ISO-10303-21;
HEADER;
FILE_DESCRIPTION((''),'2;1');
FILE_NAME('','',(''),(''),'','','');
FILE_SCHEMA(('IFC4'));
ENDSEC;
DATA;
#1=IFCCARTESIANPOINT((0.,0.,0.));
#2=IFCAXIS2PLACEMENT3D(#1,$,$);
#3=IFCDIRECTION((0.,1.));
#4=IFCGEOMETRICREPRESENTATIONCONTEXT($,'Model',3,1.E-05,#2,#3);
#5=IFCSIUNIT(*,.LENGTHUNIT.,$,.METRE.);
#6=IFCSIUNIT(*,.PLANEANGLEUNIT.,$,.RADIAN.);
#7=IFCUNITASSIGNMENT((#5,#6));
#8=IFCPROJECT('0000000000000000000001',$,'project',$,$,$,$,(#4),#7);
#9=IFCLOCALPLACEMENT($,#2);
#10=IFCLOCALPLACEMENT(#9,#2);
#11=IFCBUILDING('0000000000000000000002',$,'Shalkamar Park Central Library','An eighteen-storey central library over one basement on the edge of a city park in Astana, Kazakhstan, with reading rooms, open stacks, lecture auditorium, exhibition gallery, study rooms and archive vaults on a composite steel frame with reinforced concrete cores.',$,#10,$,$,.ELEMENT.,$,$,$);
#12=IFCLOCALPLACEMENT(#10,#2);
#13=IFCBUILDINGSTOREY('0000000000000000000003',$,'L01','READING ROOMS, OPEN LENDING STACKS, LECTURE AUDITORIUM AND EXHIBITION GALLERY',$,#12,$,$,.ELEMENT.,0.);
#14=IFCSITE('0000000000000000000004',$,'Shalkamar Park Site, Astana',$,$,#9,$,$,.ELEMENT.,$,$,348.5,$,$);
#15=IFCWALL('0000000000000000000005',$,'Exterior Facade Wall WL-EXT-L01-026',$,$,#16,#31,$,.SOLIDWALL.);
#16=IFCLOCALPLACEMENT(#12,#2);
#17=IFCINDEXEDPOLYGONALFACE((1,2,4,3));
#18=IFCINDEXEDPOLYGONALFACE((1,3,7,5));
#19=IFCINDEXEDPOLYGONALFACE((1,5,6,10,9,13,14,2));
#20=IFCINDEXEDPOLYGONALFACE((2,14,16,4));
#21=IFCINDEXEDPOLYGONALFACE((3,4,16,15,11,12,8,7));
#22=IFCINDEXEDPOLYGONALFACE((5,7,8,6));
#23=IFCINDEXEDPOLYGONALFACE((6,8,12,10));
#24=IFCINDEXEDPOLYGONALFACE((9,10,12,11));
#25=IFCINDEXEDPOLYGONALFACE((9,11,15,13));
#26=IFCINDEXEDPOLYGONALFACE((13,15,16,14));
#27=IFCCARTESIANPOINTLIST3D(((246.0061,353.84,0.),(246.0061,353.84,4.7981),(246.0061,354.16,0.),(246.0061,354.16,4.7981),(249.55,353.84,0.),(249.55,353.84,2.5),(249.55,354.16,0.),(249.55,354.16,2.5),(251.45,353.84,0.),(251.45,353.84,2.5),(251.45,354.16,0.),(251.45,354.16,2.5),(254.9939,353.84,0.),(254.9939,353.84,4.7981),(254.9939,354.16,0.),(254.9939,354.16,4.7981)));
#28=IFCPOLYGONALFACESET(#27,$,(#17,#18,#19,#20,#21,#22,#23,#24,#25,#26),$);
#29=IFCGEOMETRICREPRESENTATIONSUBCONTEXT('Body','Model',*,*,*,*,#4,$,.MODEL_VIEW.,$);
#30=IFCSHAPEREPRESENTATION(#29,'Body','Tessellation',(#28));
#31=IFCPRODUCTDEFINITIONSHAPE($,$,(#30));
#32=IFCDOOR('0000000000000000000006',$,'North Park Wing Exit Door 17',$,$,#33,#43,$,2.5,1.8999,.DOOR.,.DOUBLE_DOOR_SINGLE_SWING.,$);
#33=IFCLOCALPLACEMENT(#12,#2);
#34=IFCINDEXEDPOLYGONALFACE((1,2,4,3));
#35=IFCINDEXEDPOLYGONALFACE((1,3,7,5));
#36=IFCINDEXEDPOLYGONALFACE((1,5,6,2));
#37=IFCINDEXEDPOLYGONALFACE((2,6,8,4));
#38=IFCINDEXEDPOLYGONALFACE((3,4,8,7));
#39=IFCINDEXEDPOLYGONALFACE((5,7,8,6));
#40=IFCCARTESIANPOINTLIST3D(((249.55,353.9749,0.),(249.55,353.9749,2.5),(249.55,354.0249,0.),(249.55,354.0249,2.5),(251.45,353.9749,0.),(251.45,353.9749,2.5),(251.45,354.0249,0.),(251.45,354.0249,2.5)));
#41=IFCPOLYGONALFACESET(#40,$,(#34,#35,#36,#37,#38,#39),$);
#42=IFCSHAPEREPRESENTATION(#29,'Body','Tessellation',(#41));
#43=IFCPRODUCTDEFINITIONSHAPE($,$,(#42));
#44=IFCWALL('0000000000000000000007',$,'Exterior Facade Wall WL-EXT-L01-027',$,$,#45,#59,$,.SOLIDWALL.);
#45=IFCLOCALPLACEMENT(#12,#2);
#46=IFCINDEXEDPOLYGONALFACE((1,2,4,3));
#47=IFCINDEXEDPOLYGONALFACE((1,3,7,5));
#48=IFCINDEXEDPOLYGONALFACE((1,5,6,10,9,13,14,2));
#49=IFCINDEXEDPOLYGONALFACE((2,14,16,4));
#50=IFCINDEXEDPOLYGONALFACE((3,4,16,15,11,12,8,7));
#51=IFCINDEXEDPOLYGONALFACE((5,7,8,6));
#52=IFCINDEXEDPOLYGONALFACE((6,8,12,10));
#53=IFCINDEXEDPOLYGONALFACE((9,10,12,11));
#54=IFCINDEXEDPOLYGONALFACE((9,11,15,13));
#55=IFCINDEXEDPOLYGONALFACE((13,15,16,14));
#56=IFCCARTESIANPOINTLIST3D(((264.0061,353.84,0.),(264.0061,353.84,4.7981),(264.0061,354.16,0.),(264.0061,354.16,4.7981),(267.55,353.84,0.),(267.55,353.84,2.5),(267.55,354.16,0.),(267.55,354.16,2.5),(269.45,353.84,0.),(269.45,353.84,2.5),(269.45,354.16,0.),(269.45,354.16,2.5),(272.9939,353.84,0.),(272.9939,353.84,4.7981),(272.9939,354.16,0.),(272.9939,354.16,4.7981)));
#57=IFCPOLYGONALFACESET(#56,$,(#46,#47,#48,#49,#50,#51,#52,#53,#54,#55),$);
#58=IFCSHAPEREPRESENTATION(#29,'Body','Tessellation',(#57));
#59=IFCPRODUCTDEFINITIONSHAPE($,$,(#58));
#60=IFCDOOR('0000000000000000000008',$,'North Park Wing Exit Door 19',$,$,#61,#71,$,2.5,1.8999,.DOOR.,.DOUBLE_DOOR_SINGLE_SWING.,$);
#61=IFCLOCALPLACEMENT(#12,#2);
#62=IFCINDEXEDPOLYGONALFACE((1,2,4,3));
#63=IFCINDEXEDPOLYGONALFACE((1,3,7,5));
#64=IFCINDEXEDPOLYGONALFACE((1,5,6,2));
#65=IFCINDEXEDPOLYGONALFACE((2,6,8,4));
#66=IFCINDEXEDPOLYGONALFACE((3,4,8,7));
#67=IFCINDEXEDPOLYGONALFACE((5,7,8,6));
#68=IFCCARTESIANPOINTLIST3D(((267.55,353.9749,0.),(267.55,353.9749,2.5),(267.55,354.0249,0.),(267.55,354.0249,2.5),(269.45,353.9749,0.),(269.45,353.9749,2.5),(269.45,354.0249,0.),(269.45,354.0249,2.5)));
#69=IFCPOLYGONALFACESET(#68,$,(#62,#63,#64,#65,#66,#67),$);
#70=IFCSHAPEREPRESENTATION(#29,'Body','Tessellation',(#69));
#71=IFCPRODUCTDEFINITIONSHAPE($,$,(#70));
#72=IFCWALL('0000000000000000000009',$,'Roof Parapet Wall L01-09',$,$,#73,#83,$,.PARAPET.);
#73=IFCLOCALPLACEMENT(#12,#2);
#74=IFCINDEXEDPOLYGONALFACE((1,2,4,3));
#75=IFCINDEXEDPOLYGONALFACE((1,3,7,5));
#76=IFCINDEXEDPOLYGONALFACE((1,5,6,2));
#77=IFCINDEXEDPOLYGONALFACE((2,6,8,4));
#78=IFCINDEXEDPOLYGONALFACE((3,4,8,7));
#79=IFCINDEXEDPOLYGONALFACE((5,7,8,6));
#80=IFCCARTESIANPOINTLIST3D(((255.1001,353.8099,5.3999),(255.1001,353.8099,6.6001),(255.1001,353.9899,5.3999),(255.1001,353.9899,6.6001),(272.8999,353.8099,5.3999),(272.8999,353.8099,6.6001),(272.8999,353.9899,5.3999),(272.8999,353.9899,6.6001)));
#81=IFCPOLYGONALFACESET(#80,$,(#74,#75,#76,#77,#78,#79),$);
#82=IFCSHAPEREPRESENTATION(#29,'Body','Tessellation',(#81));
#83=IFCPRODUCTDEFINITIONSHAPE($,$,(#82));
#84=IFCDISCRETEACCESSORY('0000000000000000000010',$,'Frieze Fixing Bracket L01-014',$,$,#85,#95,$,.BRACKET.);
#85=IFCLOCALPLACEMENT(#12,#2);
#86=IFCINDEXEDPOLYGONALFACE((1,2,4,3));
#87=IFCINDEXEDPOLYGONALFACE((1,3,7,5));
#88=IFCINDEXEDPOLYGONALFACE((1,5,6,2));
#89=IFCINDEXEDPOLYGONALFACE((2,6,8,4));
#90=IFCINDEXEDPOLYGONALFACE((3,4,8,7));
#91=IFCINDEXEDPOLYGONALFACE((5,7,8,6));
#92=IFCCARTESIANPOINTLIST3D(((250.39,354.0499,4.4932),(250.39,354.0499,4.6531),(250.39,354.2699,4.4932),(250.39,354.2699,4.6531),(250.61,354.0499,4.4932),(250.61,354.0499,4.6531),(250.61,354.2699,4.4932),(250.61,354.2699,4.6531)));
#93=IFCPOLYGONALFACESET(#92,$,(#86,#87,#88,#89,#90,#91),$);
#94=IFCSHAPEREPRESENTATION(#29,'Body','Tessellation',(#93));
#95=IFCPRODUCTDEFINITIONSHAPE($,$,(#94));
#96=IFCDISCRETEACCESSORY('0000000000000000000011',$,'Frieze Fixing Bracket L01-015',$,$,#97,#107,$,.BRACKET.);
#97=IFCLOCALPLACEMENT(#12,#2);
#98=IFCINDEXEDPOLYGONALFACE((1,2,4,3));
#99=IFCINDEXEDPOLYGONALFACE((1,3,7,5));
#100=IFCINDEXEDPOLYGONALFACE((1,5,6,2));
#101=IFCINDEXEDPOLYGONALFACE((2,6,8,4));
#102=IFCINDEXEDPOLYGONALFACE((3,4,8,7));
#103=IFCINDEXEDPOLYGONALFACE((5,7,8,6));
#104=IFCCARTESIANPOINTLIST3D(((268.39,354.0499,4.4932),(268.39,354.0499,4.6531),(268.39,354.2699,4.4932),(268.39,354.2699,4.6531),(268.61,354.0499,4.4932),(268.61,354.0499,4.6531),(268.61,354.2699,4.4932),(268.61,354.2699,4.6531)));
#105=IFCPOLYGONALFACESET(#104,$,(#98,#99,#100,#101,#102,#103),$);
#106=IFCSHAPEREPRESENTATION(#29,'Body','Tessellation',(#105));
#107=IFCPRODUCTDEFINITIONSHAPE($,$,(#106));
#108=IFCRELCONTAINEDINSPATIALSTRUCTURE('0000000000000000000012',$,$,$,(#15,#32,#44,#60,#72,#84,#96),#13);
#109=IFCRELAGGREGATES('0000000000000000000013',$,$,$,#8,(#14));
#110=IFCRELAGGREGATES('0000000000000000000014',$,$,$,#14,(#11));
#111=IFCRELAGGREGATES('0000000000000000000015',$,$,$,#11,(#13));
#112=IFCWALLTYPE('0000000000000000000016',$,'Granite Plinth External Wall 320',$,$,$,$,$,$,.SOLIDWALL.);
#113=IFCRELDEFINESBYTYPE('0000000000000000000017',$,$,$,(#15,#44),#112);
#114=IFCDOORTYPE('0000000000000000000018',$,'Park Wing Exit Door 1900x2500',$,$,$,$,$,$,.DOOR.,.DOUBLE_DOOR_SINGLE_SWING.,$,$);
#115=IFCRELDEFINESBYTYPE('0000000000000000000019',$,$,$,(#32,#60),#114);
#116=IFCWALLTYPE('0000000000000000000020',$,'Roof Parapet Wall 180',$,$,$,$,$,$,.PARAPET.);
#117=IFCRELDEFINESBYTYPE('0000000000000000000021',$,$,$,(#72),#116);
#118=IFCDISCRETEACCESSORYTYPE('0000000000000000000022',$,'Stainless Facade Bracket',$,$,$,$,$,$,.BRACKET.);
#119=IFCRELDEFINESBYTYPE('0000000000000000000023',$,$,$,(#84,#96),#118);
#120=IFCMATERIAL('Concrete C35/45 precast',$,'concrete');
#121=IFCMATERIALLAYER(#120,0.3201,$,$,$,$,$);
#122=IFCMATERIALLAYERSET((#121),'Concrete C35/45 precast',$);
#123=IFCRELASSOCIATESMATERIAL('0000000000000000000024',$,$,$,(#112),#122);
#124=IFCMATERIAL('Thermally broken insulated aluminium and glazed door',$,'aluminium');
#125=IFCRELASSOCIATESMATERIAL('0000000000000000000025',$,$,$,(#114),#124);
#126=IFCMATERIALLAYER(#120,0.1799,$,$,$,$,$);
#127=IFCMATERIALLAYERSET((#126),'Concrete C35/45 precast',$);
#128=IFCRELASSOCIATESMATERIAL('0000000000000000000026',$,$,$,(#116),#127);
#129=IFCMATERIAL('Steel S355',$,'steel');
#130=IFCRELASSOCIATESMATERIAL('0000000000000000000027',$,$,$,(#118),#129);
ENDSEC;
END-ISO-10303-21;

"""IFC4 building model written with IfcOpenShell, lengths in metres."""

from ifc_helpers import new_model, si_unit, direction, frame, frame_2d, origin, origin_2d, place, context, subcontext, project, spatial, rectangle, extrude, material, layer, layer_set, type_object, element, fill, save


model = new_model("IFC4")

# Units and contexts
model_context = context("Model", 3, precision=1e-05, world=origin(), true_north=direction((0.0, 1.0)))
body_context = subcontext(model_context, "Body", "Model", "MODEL_VIEW")
ifc_project = project(units=[si_unit("LENGTHUNIT", "METRE"), si_unit("PLANEANGLEUNIT", "RADIAN")], contexts=[model_context])

# Site, building, storey
site_placement = place(None, origin())
site = spatial("IfcSite", under=ifc_project, at=site_placement, Name="Shalkamar Park Site, Astana", CompositionType="ELEMENT", RefElevation=348.5)
building_placement = place(site_placement, origin())
building = spatial("IfcBuilding", under=site, at=building_placement, Name="Shalkamar Park Central Library", Description="An eighteen-storey central library over one basement on the edge of a city park in Astana, Kazakhstan, with reading rooms, open stacks, lecture auditorium, exhibition gallery, study rooms and archive vaults on a composite steel frame with reinforced concrete cores.", CompositionType="ELEMENT")
storey_placement = place(building_placement, origin())
storey = spatial("IfcBuildingStorey", under=building, at=storey_placement, Name="L01", Description="READING ROOMS, OPEN LENDING STACKS, LECTURE AUDITORIUM AND EXHIBITION GALLERY", CompositionType="ELEMENT", Elevation=0.0)

# Shared definitions
ifc_material_1 = material(Name="Steel S355", Category="steel")

# Walls, openings, doors
ifc_material_2 = material(Name="Concrete C35/45 precast", Category="concrete")
ifc_layer_1 = layer(ifc_material_2, 0.3201)
ifc_layer_set_1 = layer_set([ifc_layer_1], Name="Concrete C35/45 precast")
wall_type_1 = type_object("IfcWallType", Name="Granite Plinth External Wall 320", PredefinedType="SOLIDWALL", material=ifc_layer_set_1)
wall_1_placement = place(storey_placement, frame((246.0061, 354.0, 0.0), z_axis=(0.0, 0.0, 1.0), x_axis=(1.0, 0.0, 0.0)))
wall_1 = element("IfcWall", 1, at=wall_1_placement, inside=storey, type_object=wall_type_1, Name="Exterior Facade Wall WL-EXT-L01-026", PredefinedType="SOLIDWALL", context=body_context, shape_type="SweptSolid", body=[
    extrude(rectangle(XDim=8.9878, YDim=0.3201, at=frame_2d((4.4939, 0.0))), origin(), (0.0, 0.0, 1.0), 4.7981),
])
opening_1_placement = place(wall_1_placement, frame((3.5439, 0.0, 0.0)))
opening_1 = element("IfcOpeningElement", 2, at=opening_1_placement, cuts=wall_1, PredefinedType="OPENING", context=body_context, shape_type="SweptSolid", body=[
    extrude(rectangle(XDim=1.8999, YDim=2.5, at=frame_2d((0.95, 1.25))), frame((0.0, 0.1748, 0.0), z_axis=(0.0, -1.0, 0.0), x_axis=(1.0, 0.0, 0.0)), (0.0, 0.0, 1.0), 0.3499),
])
ifc_material_3 = material(Name="Thermally broken insulated aluminium and glazed door", Category="aluminium")
door_type = type_object("IfcDoorType", Name="Park Wing Exit Door 1900x2500", OperationType="DOUBLE_DOOR_SINGLE_SWING", PredefinedType="DOOR", material=ifc_material_3)
door_1_placement = place(opening_1_placement, origin())
door_1 = element("IfcDoor", 3, at=door_1_placement, inside=storey, type_object=door_type, Name="North Park Wing Exit Door 17", OperationType="DOUBLE_DOOR_SINGLE_SWING", OverallHeight=2.5, OverallWidth=1.8999, PredefinedType="DOOR", context=body_context, shape_type="SweptSolid", body=[
    extrude(rectangle(XDim=1.8999, YDim=2.5, at=frame_2d((0.95, 1.25))), frame((0.0, 0.0249, 0.0), z_axis=(0.0, -1.0, 0.0), x_axis=(1.0, 0.0, 0.0)), (0.0, 0.0, 1.0), 0.05),
])
fill(opening_1, door_1)
wall_2_placement = place(storey_placement, frame((264.0061, 354.0, 0.0), z_axis=(0.0, 0.0, 1.0), x_axis=(1.0, 0.0, 0.0)))
wall_2 = element("IfcWall", 4, at=wall_2_placement, inside=storey, type_object=wall_type_1, Name="Exterior Facade Wall WL-EXT-L01-027", PredefinedType="SOLIDWALL", context=body_context, shape_type="SweptSolid", body=[
    extrude(rectangle(XDim=8.9878, YDim=0.3201, at=frame_2d((4.4939, 0.0))), origin(), (0.0, 0.0, 1.0), 4.7981),
])
opening_2_placement = place(wall_2_placement, frame((3.5439, 0.0, 0.0)))
opening_2 = element("IfcOpeningElement", 5, at=opening_2_placement, cuts=wall_2, PredefinedType="OPENING", context=body_context, shape_type="SweptSolid", body=[
    extrude(rectangle(XDim=1.8999, YDim=2.5, at=frame_2d((0.95, 1.25))), frame((0.0, 0.1748, 0.0), z_axis=(0.0, -1.0, 0.0), x_axis=(1.0, 0.0, 0.0)), (0.0, 0.0, 1.0), 0.3499),
])
door_2_placement = place(opening_2_placement, origin())
door_2 = element("IfcDoor", 6, at=door_2_placement, inside=storey, type_object=door_type, Name="North Park Wing Exit Door 19", OperationType="DOUBLE_DOOR_SINGLE_SWING", OverallHeight=2.5, OverallWidth=1.8999, PredefinedType="DOOR", context=body_context, shape_type="SweptSolid", body=[
    extrude(rectangle(XDim=1.8999, YDim=2.5, at=frame_2d((0.95, 1.25))), frame((0.0, 0.0249, 0.0), z_axis=(0.0, -1.0, 0.0), x_axis=(1.0, 0.0, 0.0)), (0.0, 0.0, 1.0), 0.05),
])
fill(opening_2, door_2)

# Wall
ifc_layer_2 = layer(ifc_material_2, 0.1799)
ifc_layer_set_2 = layer_set([ifc_layer_2], Name="Concrete C35/45 precast")
wall_type_2 = type_object("IfcWallType", Name="Roof Parapet Wall 180", PredefinedType="PARAPET", material=ifc_layer_set_2)
wall_3_placement = place(storey_placement, frame((255.1001, 353.8999, 5.3999), z_axis=(0.0, 0.0, 1.0), x_axis=(1.0, 0.0, 0.0)))
element("IfcWall", 7, at=wall_3_placement, inside=storey, type_object=wall_type_2, Name="Roof Parapet Wall L01-09", PredefinedType="PARAPET", context=body_context, shape_type="SweptSolid", body=[
    extrude(rectangle(XDim=17.7998, YDim=0.1799, at=frame_2d((8.8999, 0.0))), origin(), (0.0, 0.0, 1.0), 1.2002),
])

# Discrete accessories
discrete_accessory_type = type_object("IfcDiscreteAccessoryType", Name="Stainless Facade Bracket", PredefinedType="BRACKET", material=ifc_material_1)
for number, where, z_axis, x_axis, name in (
    (8, (250.5, 354.1599, 4.4932), (0.0, 0.0, 1.0), (1.0, 0.0, 0.0), "Frieze Fixing Bracket L01-014"),
    (9, (268.5, 354.1599, 4.4932), (0.0, 0.0, 1.0), (1.0, 0.0, 0.0), "Frieze Fixing Bracket L01-015"),
):
    element("IfcDiscreteAccessory", number, at=place(storey_placement, frame(where, z_axis=z_axis, x_axis=x_axis)), inside=storey, type_object=discrete_accessory_type, Name=name, PredefinedType="BRACKET", context=body_context, shape_type="SweptSolid", body=[
        extrude(rectangle(XDim=0.22, YDim=0.22, at=origin_2d()), origin(), (0.0, 0.0, 1.0), 0.1599),
    ])

save(model, "model.ifc")
